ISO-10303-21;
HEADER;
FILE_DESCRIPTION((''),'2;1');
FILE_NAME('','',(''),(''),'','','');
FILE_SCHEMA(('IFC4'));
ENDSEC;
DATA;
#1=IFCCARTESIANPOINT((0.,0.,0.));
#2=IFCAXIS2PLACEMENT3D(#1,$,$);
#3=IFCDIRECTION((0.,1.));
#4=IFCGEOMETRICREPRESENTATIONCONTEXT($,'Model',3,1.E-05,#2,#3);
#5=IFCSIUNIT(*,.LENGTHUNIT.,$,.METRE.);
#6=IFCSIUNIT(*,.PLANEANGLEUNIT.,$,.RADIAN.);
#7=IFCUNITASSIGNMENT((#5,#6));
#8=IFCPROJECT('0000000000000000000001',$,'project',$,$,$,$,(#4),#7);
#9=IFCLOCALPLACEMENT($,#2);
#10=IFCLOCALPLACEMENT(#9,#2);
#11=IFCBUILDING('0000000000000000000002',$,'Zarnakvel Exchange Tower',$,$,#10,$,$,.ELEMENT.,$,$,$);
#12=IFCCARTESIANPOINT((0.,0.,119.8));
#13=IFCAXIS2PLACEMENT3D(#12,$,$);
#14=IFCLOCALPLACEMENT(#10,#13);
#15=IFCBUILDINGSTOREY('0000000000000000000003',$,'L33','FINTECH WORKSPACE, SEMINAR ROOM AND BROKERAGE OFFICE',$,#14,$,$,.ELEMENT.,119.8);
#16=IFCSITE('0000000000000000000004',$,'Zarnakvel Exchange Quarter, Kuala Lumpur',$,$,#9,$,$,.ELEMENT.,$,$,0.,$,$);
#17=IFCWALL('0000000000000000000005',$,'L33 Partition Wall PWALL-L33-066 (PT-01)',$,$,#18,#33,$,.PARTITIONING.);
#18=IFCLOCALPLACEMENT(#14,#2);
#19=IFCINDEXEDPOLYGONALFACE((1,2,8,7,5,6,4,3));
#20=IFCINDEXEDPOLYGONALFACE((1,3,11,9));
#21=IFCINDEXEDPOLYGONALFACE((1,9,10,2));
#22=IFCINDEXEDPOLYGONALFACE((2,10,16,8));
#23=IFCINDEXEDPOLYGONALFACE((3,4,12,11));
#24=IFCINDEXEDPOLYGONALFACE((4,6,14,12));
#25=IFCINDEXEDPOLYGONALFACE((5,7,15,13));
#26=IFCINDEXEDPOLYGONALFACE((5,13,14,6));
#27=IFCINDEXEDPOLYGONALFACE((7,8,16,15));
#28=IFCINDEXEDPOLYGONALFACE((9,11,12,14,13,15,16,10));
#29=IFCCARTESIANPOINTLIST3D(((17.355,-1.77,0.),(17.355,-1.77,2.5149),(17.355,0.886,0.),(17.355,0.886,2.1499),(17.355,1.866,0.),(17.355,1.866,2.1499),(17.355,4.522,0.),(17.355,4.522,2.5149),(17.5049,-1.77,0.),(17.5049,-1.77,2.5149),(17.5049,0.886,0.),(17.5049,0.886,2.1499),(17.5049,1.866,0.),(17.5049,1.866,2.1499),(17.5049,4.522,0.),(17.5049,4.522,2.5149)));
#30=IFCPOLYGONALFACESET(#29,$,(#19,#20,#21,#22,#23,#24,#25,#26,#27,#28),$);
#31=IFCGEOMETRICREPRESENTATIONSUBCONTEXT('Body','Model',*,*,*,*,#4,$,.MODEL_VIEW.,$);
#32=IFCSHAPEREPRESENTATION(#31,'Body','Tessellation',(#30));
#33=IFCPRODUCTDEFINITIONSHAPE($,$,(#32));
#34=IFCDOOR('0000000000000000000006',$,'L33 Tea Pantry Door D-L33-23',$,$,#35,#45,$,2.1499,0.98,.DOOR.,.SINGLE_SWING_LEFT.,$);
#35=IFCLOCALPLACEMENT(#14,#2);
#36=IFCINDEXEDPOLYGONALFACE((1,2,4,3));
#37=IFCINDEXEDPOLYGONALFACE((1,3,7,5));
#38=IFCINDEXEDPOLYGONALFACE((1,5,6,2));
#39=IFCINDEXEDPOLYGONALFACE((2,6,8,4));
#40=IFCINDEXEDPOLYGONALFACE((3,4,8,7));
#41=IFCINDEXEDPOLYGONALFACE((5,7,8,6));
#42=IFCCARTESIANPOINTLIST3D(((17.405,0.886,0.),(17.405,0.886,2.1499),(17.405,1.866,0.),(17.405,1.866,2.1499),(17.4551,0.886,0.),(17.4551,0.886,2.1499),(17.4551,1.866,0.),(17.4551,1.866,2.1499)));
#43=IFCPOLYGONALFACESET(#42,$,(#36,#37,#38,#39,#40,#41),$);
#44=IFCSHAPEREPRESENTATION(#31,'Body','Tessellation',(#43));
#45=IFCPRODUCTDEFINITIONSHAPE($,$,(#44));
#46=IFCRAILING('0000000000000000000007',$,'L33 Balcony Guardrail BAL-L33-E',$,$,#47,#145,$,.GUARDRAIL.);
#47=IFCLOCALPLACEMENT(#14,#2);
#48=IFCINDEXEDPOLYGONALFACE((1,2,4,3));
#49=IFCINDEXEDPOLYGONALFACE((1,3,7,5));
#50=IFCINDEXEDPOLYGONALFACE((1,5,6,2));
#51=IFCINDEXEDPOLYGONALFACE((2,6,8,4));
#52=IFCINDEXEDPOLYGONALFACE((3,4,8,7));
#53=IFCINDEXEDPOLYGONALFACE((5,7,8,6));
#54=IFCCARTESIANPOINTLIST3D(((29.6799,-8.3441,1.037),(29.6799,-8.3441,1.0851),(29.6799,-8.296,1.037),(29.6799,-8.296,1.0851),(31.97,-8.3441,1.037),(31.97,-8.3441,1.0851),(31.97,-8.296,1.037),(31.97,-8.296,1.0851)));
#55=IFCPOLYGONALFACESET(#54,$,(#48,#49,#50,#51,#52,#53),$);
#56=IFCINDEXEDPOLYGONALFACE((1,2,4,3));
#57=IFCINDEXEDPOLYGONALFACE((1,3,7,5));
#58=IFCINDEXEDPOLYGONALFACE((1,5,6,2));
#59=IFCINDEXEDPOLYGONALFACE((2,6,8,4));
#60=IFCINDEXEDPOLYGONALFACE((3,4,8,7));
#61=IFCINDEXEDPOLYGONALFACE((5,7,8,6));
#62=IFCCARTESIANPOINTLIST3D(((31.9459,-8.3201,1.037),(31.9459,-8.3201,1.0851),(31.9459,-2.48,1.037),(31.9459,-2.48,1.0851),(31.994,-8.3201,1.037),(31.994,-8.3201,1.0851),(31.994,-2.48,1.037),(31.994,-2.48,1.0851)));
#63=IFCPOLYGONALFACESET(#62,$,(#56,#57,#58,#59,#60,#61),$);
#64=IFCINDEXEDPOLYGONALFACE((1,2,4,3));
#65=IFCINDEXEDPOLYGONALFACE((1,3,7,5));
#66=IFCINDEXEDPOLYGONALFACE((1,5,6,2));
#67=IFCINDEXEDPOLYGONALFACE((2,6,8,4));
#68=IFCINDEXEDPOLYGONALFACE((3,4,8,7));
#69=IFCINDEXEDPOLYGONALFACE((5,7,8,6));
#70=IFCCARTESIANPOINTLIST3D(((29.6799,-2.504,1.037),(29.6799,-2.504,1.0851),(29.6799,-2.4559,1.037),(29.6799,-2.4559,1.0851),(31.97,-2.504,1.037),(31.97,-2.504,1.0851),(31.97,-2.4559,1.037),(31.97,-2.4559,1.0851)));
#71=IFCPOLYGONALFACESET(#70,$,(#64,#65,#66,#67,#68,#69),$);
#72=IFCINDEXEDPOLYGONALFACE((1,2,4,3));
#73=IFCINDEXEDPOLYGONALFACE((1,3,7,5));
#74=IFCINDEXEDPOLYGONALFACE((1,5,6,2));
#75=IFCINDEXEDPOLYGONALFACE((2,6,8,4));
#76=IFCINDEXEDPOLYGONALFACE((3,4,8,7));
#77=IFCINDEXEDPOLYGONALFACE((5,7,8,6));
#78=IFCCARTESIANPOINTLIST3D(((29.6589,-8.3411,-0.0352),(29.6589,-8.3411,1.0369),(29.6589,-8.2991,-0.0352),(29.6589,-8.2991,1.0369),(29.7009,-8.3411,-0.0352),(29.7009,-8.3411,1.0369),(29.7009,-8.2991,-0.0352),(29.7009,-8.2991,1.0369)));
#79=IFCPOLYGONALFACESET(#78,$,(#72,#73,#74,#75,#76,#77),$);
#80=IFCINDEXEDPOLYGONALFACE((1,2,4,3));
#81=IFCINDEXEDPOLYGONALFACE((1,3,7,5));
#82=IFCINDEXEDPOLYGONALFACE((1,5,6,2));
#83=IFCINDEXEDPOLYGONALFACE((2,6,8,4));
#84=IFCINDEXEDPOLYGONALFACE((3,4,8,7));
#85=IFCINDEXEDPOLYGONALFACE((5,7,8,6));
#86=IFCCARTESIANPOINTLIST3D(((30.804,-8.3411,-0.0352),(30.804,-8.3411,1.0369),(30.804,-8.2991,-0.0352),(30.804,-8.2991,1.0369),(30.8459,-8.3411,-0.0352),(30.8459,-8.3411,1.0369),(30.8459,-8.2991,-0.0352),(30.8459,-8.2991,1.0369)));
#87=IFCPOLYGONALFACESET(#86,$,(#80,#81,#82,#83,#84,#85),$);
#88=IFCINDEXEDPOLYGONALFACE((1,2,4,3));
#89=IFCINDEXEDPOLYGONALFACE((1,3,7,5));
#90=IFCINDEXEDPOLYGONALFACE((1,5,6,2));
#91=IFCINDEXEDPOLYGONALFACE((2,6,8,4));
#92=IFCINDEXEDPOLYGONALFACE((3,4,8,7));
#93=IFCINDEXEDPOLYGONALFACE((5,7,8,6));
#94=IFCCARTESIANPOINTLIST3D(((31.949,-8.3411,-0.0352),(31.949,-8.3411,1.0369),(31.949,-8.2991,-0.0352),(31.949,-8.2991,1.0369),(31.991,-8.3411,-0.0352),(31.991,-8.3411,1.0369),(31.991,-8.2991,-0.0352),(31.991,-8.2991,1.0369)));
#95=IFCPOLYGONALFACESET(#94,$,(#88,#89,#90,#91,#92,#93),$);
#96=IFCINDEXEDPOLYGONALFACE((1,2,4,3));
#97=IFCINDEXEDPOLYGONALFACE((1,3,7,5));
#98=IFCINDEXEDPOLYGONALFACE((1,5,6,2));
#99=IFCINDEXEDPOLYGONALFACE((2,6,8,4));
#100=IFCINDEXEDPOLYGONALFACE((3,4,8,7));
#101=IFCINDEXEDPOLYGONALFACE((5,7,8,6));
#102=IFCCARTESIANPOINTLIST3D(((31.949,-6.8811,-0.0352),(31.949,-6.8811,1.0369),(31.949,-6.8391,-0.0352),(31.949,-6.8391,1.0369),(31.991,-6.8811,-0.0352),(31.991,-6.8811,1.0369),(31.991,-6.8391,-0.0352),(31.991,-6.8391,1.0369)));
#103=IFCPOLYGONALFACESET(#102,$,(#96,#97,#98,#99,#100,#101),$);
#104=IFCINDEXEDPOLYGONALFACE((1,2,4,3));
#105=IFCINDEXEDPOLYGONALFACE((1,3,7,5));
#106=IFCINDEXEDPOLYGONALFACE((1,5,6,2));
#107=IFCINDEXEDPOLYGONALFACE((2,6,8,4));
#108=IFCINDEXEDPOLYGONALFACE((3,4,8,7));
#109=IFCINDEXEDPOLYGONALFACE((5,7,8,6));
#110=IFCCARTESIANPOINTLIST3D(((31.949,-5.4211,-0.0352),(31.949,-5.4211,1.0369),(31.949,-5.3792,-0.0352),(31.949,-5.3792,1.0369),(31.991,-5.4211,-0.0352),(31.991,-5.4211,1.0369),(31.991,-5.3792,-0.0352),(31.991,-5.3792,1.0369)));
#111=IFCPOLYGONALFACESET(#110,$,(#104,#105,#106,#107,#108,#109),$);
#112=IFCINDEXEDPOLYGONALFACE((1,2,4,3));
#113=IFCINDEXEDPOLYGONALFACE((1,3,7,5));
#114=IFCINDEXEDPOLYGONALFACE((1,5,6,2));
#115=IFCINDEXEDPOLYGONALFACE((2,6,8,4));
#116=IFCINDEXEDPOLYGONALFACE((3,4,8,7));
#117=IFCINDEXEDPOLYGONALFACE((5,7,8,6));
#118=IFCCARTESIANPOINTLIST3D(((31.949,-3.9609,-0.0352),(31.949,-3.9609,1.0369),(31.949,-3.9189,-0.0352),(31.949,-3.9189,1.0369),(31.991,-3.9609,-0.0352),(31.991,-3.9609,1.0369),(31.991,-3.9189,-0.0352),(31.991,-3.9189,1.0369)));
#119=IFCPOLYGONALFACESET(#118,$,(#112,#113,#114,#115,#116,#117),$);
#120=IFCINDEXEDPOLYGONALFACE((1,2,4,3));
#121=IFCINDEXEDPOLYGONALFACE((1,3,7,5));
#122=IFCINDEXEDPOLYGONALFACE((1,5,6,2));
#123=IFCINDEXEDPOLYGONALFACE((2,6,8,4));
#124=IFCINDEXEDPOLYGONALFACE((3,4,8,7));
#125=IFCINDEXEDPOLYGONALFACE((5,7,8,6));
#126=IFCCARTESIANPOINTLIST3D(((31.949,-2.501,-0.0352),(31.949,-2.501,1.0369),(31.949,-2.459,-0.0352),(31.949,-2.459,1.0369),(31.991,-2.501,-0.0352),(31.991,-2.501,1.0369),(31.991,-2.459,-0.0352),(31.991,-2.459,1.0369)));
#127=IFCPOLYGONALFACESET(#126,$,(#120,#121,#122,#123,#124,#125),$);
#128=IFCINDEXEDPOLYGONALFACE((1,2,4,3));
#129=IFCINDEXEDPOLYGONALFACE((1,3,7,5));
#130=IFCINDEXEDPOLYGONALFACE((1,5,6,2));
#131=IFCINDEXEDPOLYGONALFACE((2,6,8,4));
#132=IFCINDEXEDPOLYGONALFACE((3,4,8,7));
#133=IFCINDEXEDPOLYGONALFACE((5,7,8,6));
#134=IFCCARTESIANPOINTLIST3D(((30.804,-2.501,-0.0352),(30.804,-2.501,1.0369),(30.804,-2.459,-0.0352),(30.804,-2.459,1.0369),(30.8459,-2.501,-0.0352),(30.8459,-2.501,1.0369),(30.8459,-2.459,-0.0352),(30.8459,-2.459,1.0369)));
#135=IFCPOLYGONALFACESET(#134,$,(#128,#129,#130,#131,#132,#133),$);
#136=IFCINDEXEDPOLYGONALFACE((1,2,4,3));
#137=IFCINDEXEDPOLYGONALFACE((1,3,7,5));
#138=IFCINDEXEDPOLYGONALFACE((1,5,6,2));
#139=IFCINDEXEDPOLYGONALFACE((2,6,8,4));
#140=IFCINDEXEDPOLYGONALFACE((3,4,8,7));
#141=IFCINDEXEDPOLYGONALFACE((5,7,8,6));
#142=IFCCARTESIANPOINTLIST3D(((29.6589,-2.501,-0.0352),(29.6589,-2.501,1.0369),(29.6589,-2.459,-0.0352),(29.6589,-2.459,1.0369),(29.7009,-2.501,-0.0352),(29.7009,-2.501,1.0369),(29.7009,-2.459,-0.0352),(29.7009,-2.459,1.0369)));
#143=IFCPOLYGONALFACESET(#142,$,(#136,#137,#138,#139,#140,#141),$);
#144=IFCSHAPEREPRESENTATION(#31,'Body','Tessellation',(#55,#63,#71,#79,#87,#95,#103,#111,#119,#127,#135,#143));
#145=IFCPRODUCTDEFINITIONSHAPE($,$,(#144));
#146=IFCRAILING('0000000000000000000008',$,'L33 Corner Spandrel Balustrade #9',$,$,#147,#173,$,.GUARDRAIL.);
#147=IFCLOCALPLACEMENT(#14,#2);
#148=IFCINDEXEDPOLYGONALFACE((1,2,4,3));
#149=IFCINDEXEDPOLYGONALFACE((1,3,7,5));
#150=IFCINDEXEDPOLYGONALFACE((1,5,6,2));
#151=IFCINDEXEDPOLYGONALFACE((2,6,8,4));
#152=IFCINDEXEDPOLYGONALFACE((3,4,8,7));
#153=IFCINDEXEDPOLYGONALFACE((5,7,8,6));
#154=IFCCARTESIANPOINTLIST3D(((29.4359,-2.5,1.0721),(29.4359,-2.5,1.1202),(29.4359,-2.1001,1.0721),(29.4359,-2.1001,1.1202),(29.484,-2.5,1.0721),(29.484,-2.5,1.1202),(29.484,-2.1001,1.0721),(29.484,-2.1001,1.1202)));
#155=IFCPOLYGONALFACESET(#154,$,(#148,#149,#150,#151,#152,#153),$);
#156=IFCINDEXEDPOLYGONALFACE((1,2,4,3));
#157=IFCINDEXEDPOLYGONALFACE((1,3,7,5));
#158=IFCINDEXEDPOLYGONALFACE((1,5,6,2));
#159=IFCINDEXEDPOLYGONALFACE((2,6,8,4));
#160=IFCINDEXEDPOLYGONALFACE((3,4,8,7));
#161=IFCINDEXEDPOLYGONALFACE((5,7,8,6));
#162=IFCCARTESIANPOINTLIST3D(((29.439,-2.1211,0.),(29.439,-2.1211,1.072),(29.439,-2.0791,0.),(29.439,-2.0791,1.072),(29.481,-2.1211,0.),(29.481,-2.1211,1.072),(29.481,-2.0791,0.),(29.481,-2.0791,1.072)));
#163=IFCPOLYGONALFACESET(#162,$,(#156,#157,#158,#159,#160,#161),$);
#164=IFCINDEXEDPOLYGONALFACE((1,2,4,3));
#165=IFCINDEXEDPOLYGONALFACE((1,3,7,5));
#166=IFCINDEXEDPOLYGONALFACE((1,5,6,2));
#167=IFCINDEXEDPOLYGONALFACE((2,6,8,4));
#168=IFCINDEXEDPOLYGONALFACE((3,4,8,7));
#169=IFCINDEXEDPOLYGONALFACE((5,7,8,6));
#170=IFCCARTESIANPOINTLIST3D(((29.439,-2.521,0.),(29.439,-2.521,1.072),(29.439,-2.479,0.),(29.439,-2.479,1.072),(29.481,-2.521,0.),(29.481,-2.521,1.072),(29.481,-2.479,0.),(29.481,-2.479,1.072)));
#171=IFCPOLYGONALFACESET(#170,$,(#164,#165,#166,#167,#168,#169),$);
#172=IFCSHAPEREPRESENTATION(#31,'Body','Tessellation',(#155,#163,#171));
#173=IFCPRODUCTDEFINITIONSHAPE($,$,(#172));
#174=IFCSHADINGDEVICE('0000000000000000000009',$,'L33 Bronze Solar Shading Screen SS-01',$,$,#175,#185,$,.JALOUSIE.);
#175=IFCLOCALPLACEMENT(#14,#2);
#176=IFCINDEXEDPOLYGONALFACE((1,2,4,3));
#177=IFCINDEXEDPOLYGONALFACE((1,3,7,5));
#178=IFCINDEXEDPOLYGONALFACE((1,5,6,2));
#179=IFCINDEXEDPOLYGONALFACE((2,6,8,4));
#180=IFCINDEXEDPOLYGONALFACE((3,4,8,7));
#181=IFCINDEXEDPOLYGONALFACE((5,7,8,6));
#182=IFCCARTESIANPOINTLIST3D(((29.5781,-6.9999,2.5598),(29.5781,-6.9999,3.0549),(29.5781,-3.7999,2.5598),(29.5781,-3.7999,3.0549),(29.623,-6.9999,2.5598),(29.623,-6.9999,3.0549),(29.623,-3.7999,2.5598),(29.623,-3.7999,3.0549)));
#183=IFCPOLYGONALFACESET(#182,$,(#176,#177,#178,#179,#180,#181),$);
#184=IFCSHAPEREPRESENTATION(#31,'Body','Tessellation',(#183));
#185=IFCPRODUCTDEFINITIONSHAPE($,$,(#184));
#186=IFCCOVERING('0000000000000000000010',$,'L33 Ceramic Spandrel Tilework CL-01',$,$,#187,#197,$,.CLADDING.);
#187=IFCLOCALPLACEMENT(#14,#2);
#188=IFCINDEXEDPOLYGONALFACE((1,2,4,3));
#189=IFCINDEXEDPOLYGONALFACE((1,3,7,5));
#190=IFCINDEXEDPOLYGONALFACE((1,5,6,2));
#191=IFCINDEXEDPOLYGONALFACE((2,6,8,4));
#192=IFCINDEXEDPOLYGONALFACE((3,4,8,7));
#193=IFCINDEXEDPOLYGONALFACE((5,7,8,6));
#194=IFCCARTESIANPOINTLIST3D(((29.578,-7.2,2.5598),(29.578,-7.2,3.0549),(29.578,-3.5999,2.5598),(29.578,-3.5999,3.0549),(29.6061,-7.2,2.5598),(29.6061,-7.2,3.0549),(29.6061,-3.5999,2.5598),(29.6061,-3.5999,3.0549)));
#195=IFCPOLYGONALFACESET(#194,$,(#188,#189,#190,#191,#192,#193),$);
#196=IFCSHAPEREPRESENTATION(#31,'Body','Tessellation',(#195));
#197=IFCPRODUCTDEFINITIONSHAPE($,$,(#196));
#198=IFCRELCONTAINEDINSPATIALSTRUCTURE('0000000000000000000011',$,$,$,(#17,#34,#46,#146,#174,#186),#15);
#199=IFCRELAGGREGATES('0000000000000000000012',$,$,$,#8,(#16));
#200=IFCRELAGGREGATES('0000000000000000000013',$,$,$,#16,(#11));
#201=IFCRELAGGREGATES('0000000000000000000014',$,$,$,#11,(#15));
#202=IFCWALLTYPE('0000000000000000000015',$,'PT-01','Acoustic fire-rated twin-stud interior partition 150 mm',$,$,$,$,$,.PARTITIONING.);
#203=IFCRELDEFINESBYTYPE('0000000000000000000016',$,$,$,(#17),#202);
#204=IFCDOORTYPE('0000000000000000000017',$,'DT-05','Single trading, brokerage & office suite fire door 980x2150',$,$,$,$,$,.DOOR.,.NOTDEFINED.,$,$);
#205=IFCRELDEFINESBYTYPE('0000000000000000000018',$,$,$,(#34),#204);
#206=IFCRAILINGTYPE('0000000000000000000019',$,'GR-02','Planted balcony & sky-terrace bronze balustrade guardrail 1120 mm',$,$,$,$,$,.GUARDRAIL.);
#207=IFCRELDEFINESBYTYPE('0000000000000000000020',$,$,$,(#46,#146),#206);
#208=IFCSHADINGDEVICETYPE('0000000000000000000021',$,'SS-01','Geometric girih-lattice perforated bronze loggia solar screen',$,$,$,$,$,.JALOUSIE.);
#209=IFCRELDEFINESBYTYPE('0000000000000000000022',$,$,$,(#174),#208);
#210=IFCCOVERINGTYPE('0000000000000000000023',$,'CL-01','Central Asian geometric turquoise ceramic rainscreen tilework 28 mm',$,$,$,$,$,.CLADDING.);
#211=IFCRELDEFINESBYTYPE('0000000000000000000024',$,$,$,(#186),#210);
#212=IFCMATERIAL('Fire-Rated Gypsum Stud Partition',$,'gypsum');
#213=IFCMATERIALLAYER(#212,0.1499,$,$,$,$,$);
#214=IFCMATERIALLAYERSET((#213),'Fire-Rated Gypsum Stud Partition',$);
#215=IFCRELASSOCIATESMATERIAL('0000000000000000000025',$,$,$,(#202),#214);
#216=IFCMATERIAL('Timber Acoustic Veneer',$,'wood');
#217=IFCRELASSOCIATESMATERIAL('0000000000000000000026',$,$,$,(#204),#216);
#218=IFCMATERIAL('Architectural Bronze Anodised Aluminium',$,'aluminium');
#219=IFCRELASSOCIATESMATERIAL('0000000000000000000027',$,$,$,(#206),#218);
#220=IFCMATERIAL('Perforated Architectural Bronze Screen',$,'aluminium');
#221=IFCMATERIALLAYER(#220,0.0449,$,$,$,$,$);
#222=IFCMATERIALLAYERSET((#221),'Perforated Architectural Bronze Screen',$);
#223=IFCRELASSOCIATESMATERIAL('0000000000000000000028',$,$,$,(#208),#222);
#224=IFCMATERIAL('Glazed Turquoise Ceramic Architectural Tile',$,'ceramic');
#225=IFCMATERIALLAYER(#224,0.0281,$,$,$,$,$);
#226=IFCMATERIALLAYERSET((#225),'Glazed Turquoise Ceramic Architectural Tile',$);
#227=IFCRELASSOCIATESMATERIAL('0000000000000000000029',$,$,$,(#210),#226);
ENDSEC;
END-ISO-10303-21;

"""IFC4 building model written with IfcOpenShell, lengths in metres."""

from ifc_helpers import new_model, si_unit, direction, frame, frame_2d, origin, origin_2d, place, context, subcontext, project, spatial, rectangle, extrude, source, transform, mapped, material, layer, layer_set, type_object, element, fill, save


model = new_model("IFC4")

# Units and contexts
model_context = context("Model", 3, precision=1e-05, world=origin(), true_north=direction((0.0, 1.0)))
body_context = subcontext(model_context, "Body", "Model", "MODEL_VIEW")
ifc_project = project(units=[si_unit("LENGTHUNIT", "METRE"), si_unit("PLANEANGLEUNIT", "RADIAN")], contexts=[model_context])

# Site, building, storey
site_placement = place(None, origin())
site = spatial("IfcSite", under=ifc_project, at=site_placement, Name="Zarnakvel Exchange Quarter, Kuala Lumpur", CompositionType="ELEMENT", RefElevation=0.0)
building_placement = place(site_placement, origin())
building = spatial("IfcBuilding", under=site, at=building_placement, Name="Zarnakvel Exchange Tower", CompositionType="ELEMENT")
storey_placement = place(building_placement, frame((0.0, 0.0, 119.8)))
storey = spatial("IfcBuildingStorey", under=building, at=storey_placement, Name="L33", Description="FINTECH WORKSPACE, SEMINAR ROOM AND BROKERAGE OFFICE", CompositionType="ELEMENT", Elevation=119.8)

# Shared definitions
ifc_material_1 = material(Name="Architectural Bronze Anodised Aluminium", Category="aluminium")

# Shared definitions
ifc_material_2 = material(Name="Fire-Rated Gypsum Stud Partition", Category="gypsum")
ifc_layer_1 = layer(ifc_material_2, 0.1499)
ifc_layer_set_1 = layer_set([ifc_layer_1], Name="Fire-Rated Gypsum Stud Partition")
wall_type_1 = type_object("IfcWallType", Name="PT-01", Description="Acoustic fire-rated twin-stud interior partition 150 mm", PredefinedType="PARTITIONING", material=ifc_layer_set_1)

# Wall, opening, door
wall_1_placement = place(storey_placement, frame((17.4299, -1.77, 0.0), z_axis=(0.0, 0.0, 1.0), x_axis=(0.0, 1.0, 0.0)))
wall_1 = element("IfcWall", 1, at=wall_1_placement, inside=storey, type_object=wall_type_1, Name="L33 Partition Wall PWALL-L33-066 (PT-01)", PredefinedType="PARTITIONING", context=body_context, shape_type="SweptSolid", body=[
    extrude(rectangle(XDim=6.292, YDim=0.1499, at=frame_2d((3.146, 0.0))), origin(), (0.0, 0.0, 1.0), 2.5149),
])
opening_1_placement = place(wall_1_placement, frame((2.656, 0.0, 0.0)))
opening_1 = element("IfcOpeningElement", 2, at=opening_1_placement, cuts=wall_1, PredefinedType="OPENING", context=body_context, shape_type="SweptSolid", body=[
    extrude(rectangle(XDim=0.98, YDim=2.1499, at=frame_2d((0.49, 1.075))), frame((0.0, 0.085, 0.0), z_axis=(0.0, -1.0, 0.0), x_axis=(1.0, 0.0, 0.0)), (0.0, 0.0, 1.0), 0.1699),
])
ifc_material_3 = material(Name="Timber Acoustic Veneer", Category="wood")
door_type_1 = type_object("IfcDoorType", Name="DT-05", Description="Single trading, brokerage & office suite fire door 980x2150", OperationType="NOTDEFINED", PredefinedType="DOOR", material=ifc_material_3)
shared_shape_1 = source(origin(), body_context, "Body", "SweptSolid", [
    extrude(rectangle(XDim=0.98, YDim=2.1499, at=frame_2d((0.49, 1.075))), frame((0.0, 0.0249, 0.0), z_axis=(0.0, -1.0, 0.0), x_axis=(1.0, 0.0, 0.0)), (0.0, 0.0, 1.0), 0.05),
])
door_1_placement = place(opening_1_placement, origin())
door_1 = element("IfcDoor", 3, at=door_1_placement, inside=storey, type_object=door_type_1, Name="L33 Tea Pantry Door D-L33-23", OperationType="SINGLE_SWING_LEFT", OverallHeight=2.1499, OverallWidth=0.98, PredefinedType="DOOR", context=body_context, shape_type="MappedRepresentation", body=[
    mapped(shared_shape_1, transform((0.0, 0.0, 0.0), x_axis=(1.0, 0.0, 0.0), y_axis=(0.0, 1.0, 0.0), z_axis=(0.0, 0.0, 1.0), scale=1.0)),
])
fill(opening_1, door_1)

# Railings
railing_type = type_object("IfcRailingType", Name="GR-02", Description="Planted balcony & sky-terrace bronze balustrade guardrail 1120 mm", PredefinedType="GUARDRAIL", material=ifc_material_1)
railing_1_placement = place(storey_placement, frame((29.6799, -8.3201, -0.0352)))
element("IfcRailing", 4, at=railing_1_placement, inside=storey, type_object=railing_type, Name="L33 Balcony Guardrail BAL-L33-E", PredefinedType="GUARDRAIL", context=body_context, shape_type="SweptSolid", body=[
    extrude(rectangle(XDim=0.0481, YDim=0.0481, at=origin_2d()), frame((0.0, 0.0, 1.0962), z_axis=(1.0, 0.0, 0.0), x_axis=(0.0, 1.0, 0.0)), (0.0, 0.0, 1.0), 2.29),
    extrude(rectangle(XDim=0.0481, YDim=0.0481, at=origin_2d()), frame((2.29, 0.0, 1.0962), z_axis=(0.0, 1.0, 0.0), x_axis=(-1.0, 0.0, 0.0)), (0.0, 0.0, 1.0), 5.8401),
    extrude(rectangle(XDim=0.0481, YDim=0.0481, at=origin_2d()), frame((2.29, 5.8401, 1.0962), z_axis=(-1.0, 0.0, 0.0), x_axis=(0.0, -1.0, 0.0)), (0.0, 0.0, 1.0), 2.29),
    extrude(rectangle(XDim=0.042, YDim=0.042, at=origin_2d()), origin(), (0.0, 0.0, 1.0), 1.072),
    extrude(rectangle(XDim=0.042, YDim=0.042, at=origin_2d()), frame((1.145, 0.0, 0.0)), (0.0, 0.0, 1.0), 1.072),
    extrude(rectangle(XDim=0.042, YDim=0.042, at=origin_2d()), frame((2.29, 0.0, 0.0)), (0.0, 0.0, 1.0), 1.072),
    extrude(rectangle(XDim=0.042, YDim=0.042, at=origin_2d()), frame((2.29, 1.46, 0.0)), (0.0, 0.0, 1.0), 1.072),
    extrude(rectangle(XDim=0.042, YDim=0.042, at=origin_2d()), frame((2.29, 2.9199, 0.0)), (0.0, 0.0, 1.0), 1.072),
    extrude(rectangle(XDim=0.042, YDim=0.042, at=origin_2d()), frame((2.29, 4.3801, 0.0)), (0.0, 0.0, 1.0), 1.072),
    extrude(rectangle(XDim=0.042, YDim=0.042, at=origin_2d()), frame((2.29, 5.8401, 0.0)), (0.0, 0.0, 1.0), 1.072),
    extrude(rectangle(XDim=0.042, YDim=0.042, at=origin_2d()), frame((1.145, 5.8401, 0.0)), (0.0, 0.0, 1.0), 1.072),
    extrude(rectangle(XDim=0.042, YDim=0.042, at=origin_2d()), frame((0.0, 5.8401, 0.0)), (0.0, 0.0, 1.0), 1.072),
])
railing_2_placement = place(storey_placement, frame((29.46, -2.1001, 0.0)))
element("IfcRailing", 5, at=railing_2_placement, inside=storey, type_object=railing_type, Name="L33 Corner Spandrel Balustrade #9", PredefinedType="GUARDRAIL", context=body_context, shape_type="SweptSolid", body=[
    extrude(rectangle(XDim=0.0481, YDim=0.0481, at=origin_2d()), frame((0.0, 0.0, 1.0962), z_axis=(0.0, -1.0, 0.0), x_axis=(1.0, 0.0, 0.0)), (0.0, 0.0, 1.0), 0.3999),
    extrude(rectangle(XDim=0.042, YDim=0.042, at=origin_2d()), origin(), (0.0, 0.0, 1.0), 1.072),
    extrude(rectangle(XDim=0.042, YDim=0.042, at=origin_2d()), frame((0.0, -0.3999, 0.0)), (0.0, 0.0, 1.0), 1.072),
])

# Shading device
ifc_material_4 = material(Name="Perforated Architectural Bronze Screen", Category="aluminium")
ifc_layer_2 = layer(ifc_material_4, 0.0449)
ifc_layer_set_2 = layer_set([ifc_layer_2], Name="Perforated Architectural Bronze Screen")
shading_device_type = type_object("IfcShadingDeviceType", Name="SS-01", Description="Geometric girih-lattice perforated bronze loggia solar screen", PredefinedType="JALOUSIE", material=ifc_layer_set_2)
shared_shape_2 = source(origin(), body_context, "Body", "SweptSolid", [
    extrude(rectangle(XDim=3.2, YDim=0.0449, at=origin_2d()), origin(), (0.0, 0.0, 1.0), 0.4951),
])
shading_device_placement = place(storey_placement, frame((29.6006, -5.3999, 2.5598), z_axis=(0.0, 0.0, 1.0), x_axis=(0.0, -1.0, 0.0)))
element("IfcShadingDevice", 6, at=shading_device_placement, inside=storey, type_object=shading_device_type, Name="L33 Bronze Solar Shading Screen SS-01", PredefinedType="JALOUSIE", context=body_context, shape_type="MappedRepresentation", body=[
    mapped(shared_shape_2, transform((0.0, 0.0, 0.0), x_axis=(1.0, 0.0, 0.0), y_axis=(0.0, 1.0, 0.0), z_axis=(0.0, 0.0, 1.0), scale=1.0)),
])

# Covering
ifc_material_5 = material(Name="Glazed Turquoise Ceramic Architectural Tile", Category="ceramic")
ifc_layer_3 = layer(ifc_material_5, 0.0281)
ifc_layer_set_3 = layer_set([ifc_layer_3], Name="Glazed Turquoise Ceramic Architectural Tile")
covering_type = type_object("IfcCoveringType", Name="CL-01", Description="Central Asian geometric turquoise ceramic rainscreen tilework 28 mm", PredefinedType="CLADDING", material=ifc_layer_set_3)
shared_shape_3 = source(origin(), body_context, "Body", "SweptSolid", [
    extrude(rectangle(XDim=3.6001, YDim=0.0281, at=origin_2d()), origin(), (0.0, 0.0, 1.0), 0.4951),
])
covering_placement = place(storey_placement, frame((29.592, -5.3999, 2.5598), z_axis=(0.0, 0.0, 1.0), x_axis=(0.0, -1.0, 0.0)))
element("IfcCovering", 7, at=covering_placement, inside=storey, type_object=covering_type, Name="L33 Ceramic Spandrel Tilework CL-01", PredefinedType="CLADDING", context=body_context, shape_type="MappedRepresentation", body=[
    mapped(shared_shape_3, transform((0.0, 0.0, 0.0), x_axis=(1.0, 0.0, 0.0), y_axis=(0.0, 1.0, 0.0), z_axis=(0.0, 0.0, 1.0), scale=1.0)),
])

save(model, "model.ifc")
